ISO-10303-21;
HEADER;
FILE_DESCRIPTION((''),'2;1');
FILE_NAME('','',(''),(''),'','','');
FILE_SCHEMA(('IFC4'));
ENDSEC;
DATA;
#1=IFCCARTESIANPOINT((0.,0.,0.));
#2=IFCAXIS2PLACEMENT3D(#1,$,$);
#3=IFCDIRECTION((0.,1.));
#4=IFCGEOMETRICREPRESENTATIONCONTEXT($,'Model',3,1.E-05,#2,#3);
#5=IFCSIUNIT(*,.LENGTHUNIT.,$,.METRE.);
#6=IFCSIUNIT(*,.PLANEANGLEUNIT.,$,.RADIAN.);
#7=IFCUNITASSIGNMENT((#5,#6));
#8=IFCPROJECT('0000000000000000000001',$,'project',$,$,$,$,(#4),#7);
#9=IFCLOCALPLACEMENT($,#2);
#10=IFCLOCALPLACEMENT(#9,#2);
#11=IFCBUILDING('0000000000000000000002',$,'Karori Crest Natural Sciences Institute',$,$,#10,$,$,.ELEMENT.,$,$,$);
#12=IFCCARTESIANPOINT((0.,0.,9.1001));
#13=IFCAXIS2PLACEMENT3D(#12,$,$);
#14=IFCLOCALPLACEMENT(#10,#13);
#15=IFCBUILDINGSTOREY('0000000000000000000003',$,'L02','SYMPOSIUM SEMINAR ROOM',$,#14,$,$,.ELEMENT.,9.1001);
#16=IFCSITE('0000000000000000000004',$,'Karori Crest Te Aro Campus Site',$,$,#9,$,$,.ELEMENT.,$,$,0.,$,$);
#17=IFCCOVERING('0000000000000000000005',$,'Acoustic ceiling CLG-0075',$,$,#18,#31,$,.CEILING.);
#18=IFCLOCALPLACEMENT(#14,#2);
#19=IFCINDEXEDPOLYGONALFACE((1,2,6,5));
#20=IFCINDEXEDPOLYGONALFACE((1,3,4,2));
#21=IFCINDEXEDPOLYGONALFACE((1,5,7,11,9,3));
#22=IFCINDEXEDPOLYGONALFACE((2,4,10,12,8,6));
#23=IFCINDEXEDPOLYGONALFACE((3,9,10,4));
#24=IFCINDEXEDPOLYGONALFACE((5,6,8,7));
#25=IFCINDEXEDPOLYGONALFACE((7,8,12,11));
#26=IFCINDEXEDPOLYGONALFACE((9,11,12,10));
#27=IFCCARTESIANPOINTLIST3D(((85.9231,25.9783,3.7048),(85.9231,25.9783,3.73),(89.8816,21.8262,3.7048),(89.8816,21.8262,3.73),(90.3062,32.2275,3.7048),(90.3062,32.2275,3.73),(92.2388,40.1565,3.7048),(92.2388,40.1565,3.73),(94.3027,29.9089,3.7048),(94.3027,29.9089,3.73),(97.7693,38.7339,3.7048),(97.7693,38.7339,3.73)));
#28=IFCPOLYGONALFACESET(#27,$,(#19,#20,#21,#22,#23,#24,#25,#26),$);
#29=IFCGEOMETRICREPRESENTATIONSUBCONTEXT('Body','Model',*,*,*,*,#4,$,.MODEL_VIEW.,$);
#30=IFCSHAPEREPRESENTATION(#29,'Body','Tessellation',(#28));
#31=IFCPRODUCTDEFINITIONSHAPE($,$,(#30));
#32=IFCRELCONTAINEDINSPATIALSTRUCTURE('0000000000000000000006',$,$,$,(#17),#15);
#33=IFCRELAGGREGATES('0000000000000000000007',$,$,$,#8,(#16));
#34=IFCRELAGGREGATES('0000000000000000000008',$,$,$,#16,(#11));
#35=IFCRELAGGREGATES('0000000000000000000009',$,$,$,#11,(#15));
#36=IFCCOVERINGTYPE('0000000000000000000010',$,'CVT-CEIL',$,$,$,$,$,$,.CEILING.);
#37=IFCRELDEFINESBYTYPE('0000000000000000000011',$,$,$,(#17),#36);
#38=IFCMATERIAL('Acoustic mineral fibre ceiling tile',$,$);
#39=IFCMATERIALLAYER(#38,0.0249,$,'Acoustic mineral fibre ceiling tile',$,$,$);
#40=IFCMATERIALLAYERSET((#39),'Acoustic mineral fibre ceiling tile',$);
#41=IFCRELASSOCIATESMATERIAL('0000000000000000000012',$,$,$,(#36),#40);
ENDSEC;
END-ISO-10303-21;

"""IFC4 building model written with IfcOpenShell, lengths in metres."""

from ifc_helpers import new_model, si_unit, direction, frame, origin, place, context, subcontext, project, spatial, polyline, outline, extrude, material, layer, layer_set, type_object, element, save


model = new_model("IFC4")

# Units and contexts
model_context = context("Model", 3, precision=1e-05, world=origin(), true_north=direction((0.0, 1.0)))
body_context = subcontext(model_context, "Body", "Model", "MODEL_VIEW")
ifc_project = project(units=[si_unit("LENGTHUNIT", "METRE"), si_unit("PLANEANGLEUNIT", "RADIAN")], contexts=[model_context])

# Site, building, storey
site_placement = place(None, origin())
site = spatial("IfcSite", under=ifc_project, at=site_placement, Name="Karori Crest Te Aro Campus Site", CompositionType="ELEMENT", RefElevation=0.0)
building_placement = place(site_placement, origin())
building = spatial("IfcBuilding", under=site, at=building_placement, Name="Karori Crest Natural Sciences Institute", CompositionType="ELEMENT")
storey_placement = place(building_placement, frame((0.0, 0.0, 9.1001)))
storey = spatial("IfcBuildingStorey", under=building, at=storey_placement, Name="L02", Description="SYMPOSIUM SEMINAR ROOM", CompositionType="ELEMENT", Elevation=9.1001)

# Covering
ifc_material_1 = material(Name="Acoustic mineral fibre ceiling tile")
ifc_layer_1 = layer(ifc_material_1, 0.0249, Name="Acoustic mineral fibre ceiling tile")
ifc_layer_set_1 = layer_set([ifc_layer_1], Name="Acoustic mineral fibre ceiling tile")
covering_type = type_object("IfcCoveringType", Name="CVT-CEIL", PredefinedType="CEILING", material=ifc_layer_set_1)
covering_1_placement = place(storey_placement, frame((0.0, 0.0, 3.7048)))
element("IfcCovering", 1, at=covering_1_placement, inside=storey, type_object=covering_type, Name="Acoustic ceiling CLG-0075", PredefinedType="CEILING", context=body_context, shape_type="SweptSolid", body=[
    extrude(outline(polyline([(90.3062, 32.2275), (85.9231, 25.9783), (89.8816, 21.8262), (94.3027, 29.9089), (97.7693, 38.7339), (92.2388, 40.1565), (90.3062, 32.2275)])), origin(), (0.0, 0.0, 1.0), 0.0251),
])

save(model, "model.ifc")
